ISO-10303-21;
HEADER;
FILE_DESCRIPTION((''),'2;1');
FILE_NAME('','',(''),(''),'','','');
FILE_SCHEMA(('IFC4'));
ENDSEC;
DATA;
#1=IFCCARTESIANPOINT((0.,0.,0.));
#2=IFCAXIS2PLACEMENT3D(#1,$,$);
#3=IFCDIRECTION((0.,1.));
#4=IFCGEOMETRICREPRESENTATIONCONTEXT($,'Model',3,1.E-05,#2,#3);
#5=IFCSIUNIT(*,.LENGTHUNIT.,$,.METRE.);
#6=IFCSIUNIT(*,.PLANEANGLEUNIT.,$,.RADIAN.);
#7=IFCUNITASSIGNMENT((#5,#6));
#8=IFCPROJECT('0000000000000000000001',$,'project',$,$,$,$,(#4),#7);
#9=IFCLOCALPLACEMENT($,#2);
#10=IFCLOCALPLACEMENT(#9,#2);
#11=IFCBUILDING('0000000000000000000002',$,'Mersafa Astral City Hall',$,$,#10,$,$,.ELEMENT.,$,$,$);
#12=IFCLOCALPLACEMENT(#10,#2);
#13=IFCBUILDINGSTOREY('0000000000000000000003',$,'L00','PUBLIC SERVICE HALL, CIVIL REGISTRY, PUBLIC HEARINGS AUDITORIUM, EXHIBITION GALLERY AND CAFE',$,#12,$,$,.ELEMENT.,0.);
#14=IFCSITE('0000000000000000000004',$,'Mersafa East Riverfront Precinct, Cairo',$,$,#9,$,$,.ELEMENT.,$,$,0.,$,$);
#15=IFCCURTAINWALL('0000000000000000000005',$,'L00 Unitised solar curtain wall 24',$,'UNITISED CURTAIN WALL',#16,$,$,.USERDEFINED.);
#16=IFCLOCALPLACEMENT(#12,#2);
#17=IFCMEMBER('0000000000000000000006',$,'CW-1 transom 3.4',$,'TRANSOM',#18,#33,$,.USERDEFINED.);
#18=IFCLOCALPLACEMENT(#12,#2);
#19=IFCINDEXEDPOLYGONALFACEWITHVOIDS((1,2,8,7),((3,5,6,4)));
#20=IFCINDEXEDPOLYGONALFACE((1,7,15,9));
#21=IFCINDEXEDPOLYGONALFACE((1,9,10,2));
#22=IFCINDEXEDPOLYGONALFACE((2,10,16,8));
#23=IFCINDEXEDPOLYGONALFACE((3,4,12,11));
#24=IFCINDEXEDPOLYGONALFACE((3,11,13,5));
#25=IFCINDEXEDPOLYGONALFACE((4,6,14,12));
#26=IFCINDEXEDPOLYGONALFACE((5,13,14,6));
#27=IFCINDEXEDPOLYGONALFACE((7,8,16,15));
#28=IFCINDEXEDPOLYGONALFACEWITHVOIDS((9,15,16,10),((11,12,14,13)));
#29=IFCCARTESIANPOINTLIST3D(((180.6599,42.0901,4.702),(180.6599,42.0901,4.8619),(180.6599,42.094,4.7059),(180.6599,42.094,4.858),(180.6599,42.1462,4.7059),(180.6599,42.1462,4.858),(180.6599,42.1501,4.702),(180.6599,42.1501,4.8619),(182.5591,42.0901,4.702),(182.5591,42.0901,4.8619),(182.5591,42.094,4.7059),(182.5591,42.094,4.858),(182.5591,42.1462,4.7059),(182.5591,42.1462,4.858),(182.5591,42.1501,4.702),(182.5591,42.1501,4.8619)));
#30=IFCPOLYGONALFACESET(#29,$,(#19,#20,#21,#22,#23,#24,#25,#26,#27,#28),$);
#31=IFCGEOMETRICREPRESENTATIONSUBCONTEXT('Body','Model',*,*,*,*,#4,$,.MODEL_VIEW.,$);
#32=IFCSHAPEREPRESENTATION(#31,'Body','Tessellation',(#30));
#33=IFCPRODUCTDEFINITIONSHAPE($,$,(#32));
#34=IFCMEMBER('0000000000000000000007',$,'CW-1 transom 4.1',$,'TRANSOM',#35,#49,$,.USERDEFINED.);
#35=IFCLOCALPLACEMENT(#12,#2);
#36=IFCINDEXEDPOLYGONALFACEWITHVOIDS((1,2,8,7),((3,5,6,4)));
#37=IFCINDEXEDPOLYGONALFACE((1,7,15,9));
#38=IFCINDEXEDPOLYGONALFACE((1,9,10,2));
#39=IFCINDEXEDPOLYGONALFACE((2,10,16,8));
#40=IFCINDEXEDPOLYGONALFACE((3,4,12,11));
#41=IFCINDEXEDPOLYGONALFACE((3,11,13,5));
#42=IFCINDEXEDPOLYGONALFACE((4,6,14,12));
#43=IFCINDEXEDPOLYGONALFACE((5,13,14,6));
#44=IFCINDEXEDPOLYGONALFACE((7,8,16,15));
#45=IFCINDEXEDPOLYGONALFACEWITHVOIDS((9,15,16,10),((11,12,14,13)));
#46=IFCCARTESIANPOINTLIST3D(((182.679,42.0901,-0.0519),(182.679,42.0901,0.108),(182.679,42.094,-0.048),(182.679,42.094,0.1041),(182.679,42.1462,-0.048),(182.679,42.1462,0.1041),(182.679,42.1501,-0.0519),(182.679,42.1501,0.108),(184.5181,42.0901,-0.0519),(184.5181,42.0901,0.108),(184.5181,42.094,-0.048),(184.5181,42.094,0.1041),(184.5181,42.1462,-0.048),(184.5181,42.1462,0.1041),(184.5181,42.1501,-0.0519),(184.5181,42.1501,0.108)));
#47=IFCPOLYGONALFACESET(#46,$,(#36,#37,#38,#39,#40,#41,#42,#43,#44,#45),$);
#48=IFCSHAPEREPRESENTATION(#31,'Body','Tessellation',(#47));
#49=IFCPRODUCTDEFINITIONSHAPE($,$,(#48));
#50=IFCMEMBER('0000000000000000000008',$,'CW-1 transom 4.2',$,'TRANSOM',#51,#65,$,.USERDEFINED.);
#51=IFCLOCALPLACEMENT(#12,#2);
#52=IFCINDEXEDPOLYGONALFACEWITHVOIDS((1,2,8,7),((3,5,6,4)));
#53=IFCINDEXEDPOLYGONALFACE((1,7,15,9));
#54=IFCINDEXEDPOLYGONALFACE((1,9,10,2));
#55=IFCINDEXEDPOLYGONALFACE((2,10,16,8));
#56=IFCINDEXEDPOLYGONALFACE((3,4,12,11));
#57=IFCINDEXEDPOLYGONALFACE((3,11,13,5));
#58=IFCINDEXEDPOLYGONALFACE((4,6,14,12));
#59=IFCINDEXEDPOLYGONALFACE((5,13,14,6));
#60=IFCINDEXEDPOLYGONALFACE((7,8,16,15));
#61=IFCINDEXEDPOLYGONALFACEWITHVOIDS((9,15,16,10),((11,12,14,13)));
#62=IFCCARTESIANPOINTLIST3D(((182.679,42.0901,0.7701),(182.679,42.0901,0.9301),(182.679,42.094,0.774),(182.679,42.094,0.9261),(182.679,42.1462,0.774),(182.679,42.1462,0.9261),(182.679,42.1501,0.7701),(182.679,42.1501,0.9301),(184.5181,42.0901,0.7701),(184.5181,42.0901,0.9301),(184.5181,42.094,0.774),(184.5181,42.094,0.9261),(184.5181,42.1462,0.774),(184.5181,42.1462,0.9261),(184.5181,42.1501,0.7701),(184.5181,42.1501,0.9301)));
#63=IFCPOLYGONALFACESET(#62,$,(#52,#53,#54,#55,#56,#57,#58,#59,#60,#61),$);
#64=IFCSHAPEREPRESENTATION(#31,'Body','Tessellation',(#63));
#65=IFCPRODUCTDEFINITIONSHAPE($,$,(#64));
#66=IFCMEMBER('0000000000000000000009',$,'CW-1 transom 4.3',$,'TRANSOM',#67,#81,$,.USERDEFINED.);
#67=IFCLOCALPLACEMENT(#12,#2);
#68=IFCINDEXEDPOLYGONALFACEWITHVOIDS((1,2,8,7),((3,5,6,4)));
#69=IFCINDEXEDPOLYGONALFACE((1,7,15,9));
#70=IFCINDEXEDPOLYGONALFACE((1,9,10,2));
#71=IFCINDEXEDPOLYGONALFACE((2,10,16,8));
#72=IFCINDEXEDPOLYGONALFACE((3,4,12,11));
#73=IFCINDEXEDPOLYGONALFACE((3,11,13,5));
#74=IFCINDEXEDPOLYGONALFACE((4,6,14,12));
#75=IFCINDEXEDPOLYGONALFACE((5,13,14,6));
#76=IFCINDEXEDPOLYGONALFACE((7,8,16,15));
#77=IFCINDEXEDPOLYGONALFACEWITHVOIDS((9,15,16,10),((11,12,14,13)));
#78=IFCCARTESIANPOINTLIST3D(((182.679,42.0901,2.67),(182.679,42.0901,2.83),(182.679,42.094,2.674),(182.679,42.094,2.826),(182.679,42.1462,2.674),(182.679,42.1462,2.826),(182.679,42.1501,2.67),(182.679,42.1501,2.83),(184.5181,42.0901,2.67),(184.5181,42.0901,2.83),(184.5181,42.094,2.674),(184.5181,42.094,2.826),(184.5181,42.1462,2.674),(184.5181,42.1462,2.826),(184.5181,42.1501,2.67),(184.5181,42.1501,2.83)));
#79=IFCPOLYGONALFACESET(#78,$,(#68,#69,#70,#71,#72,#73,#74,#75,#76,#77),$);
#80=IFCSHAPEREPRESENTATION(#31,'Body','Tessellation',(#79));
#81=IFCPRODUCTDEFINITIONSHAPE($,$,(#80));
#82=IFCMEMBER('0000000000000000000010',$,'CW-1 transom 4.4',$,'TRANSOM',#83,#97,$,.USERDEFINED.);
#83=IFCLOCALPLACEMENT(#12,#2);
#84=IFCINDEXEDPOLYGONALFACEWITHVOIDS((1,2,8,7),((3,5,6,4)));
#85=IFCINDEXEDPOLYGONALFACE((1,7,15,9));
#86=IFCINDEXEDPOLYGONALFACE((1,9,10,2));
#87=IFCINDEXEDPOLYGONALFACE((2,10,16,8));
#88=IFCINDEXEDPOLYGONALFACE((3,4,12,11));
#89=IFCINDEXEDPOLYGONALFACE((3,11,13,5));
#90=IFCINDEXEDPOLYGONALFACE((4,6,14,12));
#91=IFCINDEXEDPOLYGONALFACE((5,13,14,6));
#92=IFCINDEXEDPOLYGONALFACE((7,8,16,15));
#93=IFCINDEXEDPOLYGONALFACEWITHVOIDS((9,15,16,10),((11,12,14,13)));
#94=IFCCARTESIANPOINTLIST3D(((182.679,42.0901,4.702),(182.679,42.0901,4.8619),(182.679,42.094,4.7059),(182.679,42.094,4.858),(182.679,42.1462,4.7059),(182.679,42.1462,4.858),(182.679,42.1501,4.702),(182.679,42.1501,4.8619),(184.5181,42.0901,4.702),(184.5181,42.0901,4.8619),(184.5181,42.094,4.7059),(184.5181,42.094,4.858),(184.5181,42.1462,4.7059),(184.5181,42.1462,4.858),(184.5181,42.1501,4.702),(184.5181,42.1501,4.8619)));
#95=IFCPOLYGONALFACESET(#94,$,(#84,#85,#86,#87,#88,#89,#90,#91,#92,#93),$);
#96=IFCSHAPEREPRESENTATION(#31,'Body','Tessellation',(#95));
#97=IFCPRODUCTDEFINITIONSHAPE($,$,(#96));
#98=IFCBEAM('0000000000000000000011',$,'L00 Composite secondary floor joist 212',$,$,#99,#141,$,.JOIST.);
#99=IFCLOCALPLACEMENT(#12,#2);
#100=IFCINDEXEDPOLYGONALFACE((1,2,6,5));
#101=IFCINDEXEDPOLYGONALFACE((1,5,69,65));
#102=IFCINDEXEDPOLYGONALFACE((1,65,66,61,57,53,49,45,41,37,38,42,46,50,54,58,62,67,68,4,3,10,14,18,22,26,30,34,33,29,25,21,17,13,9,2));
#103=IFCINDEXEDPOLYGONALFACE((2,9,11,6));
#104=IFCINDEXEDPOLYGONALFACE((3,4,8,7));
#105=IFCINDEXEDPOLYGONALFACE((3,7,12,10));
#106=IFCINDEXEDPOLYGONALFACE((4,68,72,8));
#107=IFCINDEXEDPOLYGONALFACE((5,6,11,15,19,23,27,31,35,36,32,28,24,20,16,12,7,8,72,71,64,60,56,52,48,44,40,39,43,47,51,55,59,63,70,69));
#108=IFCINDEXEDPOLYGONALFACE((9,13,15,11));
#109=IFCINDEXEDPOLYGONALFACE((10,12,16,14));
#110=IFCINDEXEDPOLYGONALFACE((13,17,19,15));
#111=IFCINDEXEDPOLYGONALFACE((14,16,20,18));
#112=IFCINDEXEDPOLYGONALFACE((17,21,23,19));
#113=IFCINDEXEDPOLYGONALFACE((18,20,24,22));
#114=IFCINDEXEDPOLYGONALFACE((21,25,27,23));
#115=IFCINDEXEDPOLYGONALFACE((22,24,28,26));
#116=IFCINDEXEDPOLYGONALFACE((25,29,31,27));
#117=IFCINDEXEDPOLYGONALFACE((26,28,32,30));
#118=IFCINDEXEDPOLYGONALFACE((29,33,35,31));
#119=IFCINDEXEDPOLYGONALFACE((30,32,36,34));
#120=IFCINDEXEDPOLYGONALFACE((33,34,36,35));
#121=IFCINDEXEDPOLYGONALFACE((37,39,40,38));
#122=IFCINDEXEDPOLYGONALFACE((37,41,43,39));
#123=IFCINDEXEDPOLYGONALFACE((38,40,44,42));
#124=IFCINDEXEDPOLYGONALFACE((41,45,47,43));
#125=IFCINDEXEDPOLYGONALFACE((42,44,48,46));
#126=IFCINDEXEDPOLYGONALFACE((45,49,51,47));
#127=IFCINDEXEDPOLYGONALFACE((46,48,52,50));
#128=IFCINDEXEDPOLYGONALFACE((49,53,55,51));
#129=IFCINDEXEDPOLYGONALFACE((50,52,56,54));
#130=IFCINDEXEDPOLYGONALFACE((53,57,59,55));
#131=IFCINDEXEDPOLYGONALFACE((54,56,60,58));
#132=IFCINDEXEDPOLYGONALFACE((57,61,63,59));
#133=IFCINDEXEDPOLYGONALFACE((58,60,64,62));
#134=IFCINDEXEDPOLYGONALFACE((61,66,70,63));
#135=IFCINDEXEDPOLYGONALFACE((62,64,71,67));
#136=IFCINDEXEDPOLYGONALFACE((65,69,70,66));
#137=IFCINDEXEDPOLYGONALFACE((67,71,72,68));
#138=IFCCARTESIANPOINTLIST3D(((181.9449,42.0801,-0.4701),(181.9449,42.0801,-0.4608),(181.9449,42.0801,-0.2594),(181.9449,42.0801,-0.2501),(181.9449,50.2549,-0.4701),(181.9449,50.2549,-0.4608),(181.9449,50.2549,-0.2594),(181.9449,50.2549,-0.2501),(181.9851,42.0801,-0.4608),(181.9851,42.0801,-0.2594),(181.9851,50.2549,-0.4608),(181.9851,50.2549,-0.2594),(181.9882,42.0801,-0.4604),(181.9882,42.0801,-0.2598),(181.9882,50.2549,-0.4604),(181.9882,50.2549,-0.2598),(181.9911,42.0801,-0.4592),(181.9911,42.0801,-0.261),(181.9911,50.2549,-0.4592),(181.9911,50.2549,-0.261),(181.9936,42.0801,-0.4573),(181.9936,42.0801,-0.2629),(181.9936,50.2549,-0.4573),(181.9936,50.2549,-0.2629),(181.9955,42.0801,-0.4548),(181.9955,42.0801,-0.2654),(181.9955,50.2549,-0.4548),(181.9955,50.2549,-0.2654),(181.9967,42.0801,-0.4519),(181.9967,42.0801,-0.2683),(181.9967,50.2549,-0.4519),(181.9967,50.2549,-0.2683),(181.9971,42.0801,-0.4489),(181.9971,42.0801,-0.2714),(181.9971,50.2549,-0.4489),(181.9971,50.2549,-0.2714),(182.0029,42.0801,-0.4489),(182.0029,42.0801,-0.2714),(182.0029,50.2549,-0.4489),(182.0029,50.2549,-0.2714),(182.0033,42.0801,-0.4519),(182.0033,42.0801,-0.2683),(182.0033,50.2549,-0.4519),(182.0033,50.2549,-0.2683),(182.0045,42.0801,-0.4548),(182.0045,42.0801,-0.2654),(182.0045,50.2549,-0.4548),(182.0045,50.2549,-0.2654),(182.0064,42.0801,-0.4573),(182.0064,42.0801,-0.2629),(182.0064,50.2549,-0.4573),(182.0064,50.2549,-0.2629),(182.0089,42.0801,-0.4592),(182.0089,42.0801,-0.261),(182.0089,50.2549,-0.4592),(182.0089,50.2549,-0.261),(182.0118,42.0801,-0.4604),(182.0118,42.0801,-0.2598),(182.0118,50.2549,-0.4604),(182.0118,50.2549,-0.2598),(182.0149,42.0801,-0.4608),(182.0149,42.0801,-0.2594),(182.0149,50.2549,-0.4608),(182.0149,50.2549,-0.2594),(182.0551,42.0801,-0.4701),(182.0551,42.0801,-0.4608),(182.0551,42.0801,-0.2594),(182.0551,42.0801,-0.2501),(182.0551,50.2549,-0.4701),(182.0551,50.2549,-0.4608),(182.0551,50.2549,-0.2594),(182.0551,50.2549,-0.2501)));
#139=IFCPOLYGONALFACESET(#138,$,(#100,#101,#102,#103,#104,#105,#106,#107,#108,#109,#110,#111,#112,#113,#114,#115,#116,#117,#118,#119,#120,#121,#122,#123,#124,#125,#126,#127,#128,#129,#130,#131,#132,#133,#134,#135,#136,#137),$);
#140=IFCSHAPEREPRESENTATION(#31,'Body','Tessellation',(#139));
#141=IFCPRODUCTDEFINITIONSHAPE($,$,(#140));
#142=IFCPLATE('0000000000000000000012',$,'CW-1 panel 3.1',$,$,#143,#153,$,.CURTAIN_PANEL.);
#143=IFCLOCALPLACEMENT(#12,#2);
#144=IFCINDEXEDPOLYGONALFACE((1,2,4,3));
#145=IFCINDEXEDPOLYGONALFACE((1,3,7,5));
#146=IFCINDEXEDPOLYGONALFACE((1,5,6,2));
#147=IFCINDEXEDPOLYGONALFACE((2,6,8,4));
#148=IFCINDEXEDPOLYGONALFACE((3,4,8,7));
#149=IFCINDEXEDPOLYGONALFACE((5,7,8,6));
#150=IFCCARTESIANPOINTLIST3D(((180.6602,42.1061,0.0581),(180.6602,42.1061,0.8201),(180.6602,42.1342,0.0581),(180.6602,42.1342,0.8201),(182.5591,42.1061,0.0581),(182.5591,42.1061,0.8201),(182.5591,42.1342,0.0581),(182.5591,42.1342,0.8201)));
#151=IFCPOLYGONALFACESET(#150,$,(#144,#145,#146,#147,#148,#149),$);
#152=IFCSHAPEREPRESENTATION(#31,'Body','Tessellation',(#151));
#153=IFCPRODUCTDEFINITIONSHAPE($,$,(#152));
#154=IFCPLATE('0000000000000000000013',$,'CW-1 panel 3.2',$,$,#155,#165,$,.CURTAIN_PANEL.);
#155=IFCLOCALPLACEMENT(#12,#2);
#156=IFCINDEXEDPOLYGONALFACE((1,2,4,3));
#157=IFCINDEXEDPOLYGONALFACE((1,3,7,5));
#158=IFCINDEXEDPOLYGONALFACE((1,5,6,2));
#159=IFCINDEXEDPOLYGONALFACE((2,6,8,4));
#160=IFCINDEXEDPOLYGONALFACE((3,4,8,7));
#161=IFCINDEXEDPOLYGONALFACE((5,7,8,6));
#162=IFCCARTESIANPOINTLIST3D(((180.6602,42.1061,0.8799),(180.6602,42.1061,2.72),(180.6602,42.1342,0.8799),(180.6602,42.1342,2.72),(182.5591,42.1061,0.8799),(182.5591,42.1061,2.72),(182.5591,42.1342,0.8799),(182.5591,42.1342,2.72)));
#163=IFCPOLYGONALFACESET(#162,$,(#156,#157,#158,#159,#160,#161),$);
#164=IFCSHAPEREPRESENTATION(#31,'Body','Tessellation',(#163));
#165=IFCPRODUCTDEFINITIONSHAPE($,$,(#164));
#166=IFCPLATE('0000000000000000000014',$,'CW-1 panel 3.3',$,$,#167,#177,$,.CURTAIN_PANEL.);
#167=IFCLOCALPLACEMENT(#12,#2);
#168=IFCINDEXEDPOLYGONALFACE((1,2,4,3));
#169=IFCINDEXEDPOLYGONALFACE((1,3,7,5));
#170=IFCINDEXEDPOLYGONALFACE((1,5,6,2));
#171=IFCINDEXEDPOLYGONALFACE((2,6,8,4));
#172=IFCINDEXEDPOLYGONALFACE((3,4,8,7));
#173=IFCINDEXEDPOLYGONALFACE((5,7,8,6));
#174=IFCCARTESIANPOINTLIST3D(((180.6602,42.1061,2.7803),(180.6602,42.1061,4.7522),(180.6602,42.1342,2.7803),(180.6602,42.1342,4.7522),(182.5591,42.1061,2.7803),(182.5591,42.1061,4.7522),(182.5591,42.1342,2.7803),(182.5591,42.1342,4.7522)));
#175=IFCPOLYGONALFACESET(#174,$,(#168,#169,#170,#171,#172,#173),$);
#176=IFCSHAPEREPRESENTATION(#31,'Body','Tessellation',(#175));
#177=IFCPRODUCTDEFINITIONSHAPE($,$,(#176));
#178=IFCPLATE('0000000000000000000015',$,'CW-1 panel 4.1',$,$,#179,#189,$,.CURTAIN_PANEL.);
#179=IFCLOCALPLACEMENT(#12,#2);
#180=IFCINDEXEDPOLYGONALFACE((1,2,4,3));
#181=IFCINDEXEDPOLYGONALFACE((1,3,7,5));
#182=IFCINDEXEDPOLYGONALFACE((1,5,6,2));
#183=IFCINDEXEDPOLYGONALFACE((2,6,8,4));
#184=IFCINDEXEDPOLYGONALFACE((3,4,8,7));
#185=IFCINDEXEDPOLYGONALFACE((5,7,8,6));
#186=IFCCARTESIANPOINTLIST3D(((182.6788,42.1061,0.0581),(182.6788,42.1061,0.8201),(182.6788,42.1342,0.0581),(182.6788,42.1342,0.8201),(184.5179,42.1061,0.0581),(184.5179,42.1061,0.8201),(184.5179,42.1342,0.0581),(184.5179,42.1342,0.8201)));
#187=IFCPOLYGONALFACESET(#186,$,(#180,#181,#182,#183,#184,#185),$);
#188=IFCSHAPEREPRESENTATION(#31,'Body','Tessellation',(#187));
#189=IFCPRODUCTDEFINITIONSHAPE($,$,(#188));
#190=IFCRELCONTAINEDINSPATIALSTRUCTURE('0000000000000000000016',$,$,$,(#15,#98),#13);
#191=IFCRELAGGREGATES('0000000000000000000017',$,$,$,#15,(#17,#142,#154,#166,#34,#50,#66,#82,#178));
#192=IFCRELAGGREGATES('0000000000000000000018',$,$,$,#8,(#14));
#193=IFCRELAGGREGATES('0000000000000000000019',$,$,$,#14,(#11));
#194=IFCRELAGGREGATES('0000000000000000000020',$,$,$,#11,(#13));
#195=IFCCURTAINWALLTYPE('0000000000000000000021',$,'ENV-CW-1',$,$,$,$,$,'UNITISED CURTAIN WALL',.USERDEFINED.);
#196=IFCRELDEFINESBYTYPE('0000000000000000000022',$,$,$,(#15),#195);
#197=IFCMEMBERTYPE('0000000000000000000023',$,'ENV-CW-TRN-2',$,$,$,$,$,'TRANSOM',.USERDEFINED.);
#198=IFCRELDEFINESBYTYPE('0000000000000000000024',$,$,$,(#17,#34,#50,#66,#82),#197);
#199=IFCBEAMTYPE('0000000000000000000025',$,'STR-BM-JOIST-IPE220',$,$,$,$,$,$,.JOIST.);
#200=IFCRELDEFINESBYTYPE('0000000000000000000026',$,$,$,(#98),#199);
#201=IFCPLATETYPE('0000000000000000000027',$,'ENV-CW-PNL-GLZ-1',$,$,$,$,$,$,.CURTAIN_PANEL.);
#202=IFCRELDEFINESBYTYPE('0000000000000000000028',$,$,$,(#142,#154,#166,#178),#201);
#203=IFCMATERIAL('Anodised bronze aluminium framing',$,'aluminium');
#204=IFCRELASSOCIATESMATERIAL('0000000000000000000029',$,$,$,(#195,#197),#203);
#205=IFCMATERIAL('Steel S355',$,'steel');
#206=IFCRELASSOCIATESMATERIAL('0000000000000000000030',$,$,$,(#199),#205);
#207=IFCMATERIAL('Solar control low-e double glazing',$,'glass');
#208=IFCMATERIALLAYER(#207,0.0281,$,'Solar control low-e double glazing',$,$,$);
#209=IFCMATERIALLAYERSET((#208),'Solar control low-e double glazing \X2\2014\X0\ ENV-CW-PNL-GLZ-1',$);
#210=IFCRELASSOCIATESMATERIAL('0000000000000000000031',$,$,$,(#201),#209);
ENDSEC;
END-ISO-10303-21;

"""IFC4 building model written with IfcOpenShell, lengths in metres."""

from ifc_helpers import new_model, si_unit, direction, frame, origin, origin_2d, place, context, subcontext, project, spatial, rectangle, hollow_rectangle, i_section, extrude, material, layer, layer_set, material_profile, profile_set, type_object, element, aggregate, save


model = new_model("IFC4")

# Units and contexts
model_context = context("Model", 3, precision=1e-05, world=origin(), true_north=direction((0.0, 1.0)))
body_context = subcontext(model_context, "Body", "Model", "MODEL_VIEW")
ifc_project = project(units=[si_unit("LENGTHUNIT", "METRE"), si_unit("PLANEANGLEUNIT", "RADIAN")], contexts=[model_context])

# Site, building, storey
site_placement = place(None, origin())
site = spatial("IfcSite", under=ifc_project, at=site_placement, Name="Mersafa East Riverfront Precinct, Cairo", CompositionType="ELEMENT", RefElevation=0.0)
building_placement = place(site_placement, origin())
building = spatial("IfcBuilding", under=site, at=building_placement, Name="Mersafa Astral City Hall", CompositionType="ELEMENT")
storey_placement = place(building_placement, origin())
storey = spatial("IfcBuildingStorey", under=building, at=storey_placement, Name="L00", Description="PUBLIC SERVICE HALL, CIVIL REGISTRY, PUBLIC HEARINGS AUDITORIUM, EXHIBITION GALLERY AND CAFE", CompositionType="ELEMENT", Elevation=0.0)

# Shared definitions
ifc_material_1 = material(Name="Steel S355", Category="steel")

# Curtain wall
ifc_material_2 = material(Name="Anodised bronze aluminium framing", Category="aluminium")
curtain_wall_type_1 = type_object("IfcCurtainWallType", Name="ENV-CW-1", ElementType="UNITISED CURTAIN WALL", PredefinedType="USERDEFINED", material=ifc_material_2)
curtain_wall_1_placement = place(storey_placement, origin())
curtain_wall_1 = element("IfcCurtainWall", 1, at=curtain_wall_1_placement, inside=storey, type_object=curtain_wall_type_1, Name="L00 Unitised solar curtain wall 24", ObjectType="UNITISED CURTAIN WALL", PredefinedType="USERDEFINED")

# Members
ifc_material_profile_1 = material_profile(ifc_material_2, hollow_rectangle(XDim=0.0601, YDim=0.1599, WallThickness=0.0039, at=origin_2d()), Name="RHS 60x160x4")
ifc_profile_set_1 = profile_set([ifc_material_profile_1], Name="Anodised bronze aluminium framing")
member_type_1 = type_object("IfcMemberType", Name="ENV-CW-TRN-2", ElementType="TRANSOM", PredefinedType="USERDEFINED", material=ifc_profile_set_1)
member_1_placement = place(storey_placement, frame((180.6599, 42.1201, 4.782), z_axis=(1.0, 0.0, 0.0), x_axis=(0.0, 1.0, 0.0)))
member_1 = element("IfcMember", 2, at=member_1_placement, type_object=member_type_1, Name="CW-1 transom 3.4", ObjectType="TRANSOM", PredefinedType="USERDEFINED", context=body_context, shape_type="SweptSolid", body=[
    extrude(hollow_rectangle(XDim=0.0601, YDim=0.1599, WallThickness=0.0039, at=origin_2d()), origin(), (0.0, 0.0, 1.0), 1.8992),
])
member_2_placement = place(storey_placement, frame((182.679, 42.1201, 0.0281), z_axis=(1.0, 0.0, 0.0), x_axis=(0.0, 1.0, 0.0)))
member_2 = element("IfcMember", 3, at=member_2_placement, type_object=member_type_1, Name="CW-1 transom 4.1", ObjectType="TRANSOM", PredefinedType="USERDEFINED", context=body_context, shape_type="SweptSolid", body=[
    extrude(hollow_rectangle(XDim=0.0601, YDim=0.1599, WallThickness=0.0039, at=origin_2d()), origin(), (0.0, 0.0, 1.0), 1.8391),
])
member_3_placement = place(storey_placement, frame((182.679, 42.1201, 0.8501), z_axis=(1.0, 0.0, 0.0), x_axis=(0.0, 1.0, 0.0)))
member_3 = element("IfcMember", 4, at=member_3_placement, type_object=member_type_1, Name="CW-1 transom 4.2", ObjectType="TRANSOM", PredefinedType="USERDEFINED", context=body_context, shape_type="SweptSolid", body=[
    extrude(hollow_rectangle(XDim=0.0601, YDim=0.1599, WallThickness=0.0039, at=origin_2d()), origin(), (0.0, 0.0, 1.0), 1.8391),
])
member_4_placement = place(storey_placement, frame((182.679, 42.1201, 2.75), z_axis=(1.0, 0.0, 0.0), x_axis=(0.0, 1.0, 0.0)))
member_4 = element("IfcMember", 5, at=member_4_placement, type_object=member_type_1, Name="CW-1 transom 4.3", ObjectType="TRANSOM", PredefinedType="USERDEFINED", context=body_context, shape_type="SweptSolid", body=[
    extrude(hollow_rectangle(XDim=0.0601, YDim=0.1599, WallThickness=0.0039, at=origin_2d()), origin(), (0.0, 0.0, 1.0), 1.8391),
])
member_5_placement = place(storey_placement, frame((182.679, 42.1201, 4.782), z_axis=(1.0, 0.0, 0.0), x_axis=(0.0, 1.0, 0.0)))
member_5 = element("IfcMember", 6, at=member_5_placement, type_object=member_type_1, Name="CW-1 transom 4.4", ObjectType="TRANSOM", PredefinedType="USERDEFINED", context=body_context, shape_type="SweptSolid", body=[
    extrude(hollow_rectangle(XDim=0.0601, YDim=0.1599, WallThickness=0.0039, at=origin_2d()), origin(), (0.0, 0.0, 1.0), 1.8391),
])

# Beam
ifc_material_profile_2 = material_profile(ifc_material_1, i_section(OverallWidth=0.1101, OverallDepth=0.22, WebThickness=0.0059, FlangeThickness=0.0093, FilletRadius=0.012, at=origin_2d()), Name="IPE 220")
ifc_profile_set_2 = profile_set([ifc_material_profile_2], Name="Steel S355")
beam_type = type_object("IfcBeamType", Name="STR-BM-JOIST-IPE220", PredefinedType="JOIST", material=ifc_profile_set_2)
beam_placement = place(storey_placement, frame((182.0, 42.0801, -0.3601), z_axis=(0.0, 1.0, 0.0), x_axis=(-1.0, 0.0, 0.0)))
element("IfcBeam", 7, at=beam_placement, inside=storey, type_object=beam_type, Name="L00 Composite secondary floor joist 212", PredefinedType="JOIST", context=body_context, shape_type="SweptSolid", body=[
    extrude(i_section(OverallWidth=0.1101, OverallDepth=0.22, WebThickness=0.0059, FlangeThickness=0.0093, FilletRadius=0.012, at=origin_2d()), origin(), (0.0, 0.0, 1.0), 8.1748),
])

# Plates
ifc_material_3 = material(Name="Solar control low-e double glazing", Category="glass")
ifc_layer = layer(ifc_material_3, 0.0281, Name="Solar control low-e double glazing")
ifc_layer_set = layer_set([ifc_layer], Name="Solar control low-e double glazing — ENV-CW-PNL-GLZ-1")
plate_type = type_object("IfcPlateType", Name="ENV-CW-PNL-GLZ-1", PredefinedType="CURTAIN_PANEL", material=ifc_layer_set)
plate_1_placement = place(storey_placement, frame((181.6096, 42.1201, 0.0581), z_axis=(0.0, 0.0, 1.0), x_axis=(1.0, 0.0, 0.0)))
plate_1 = element("IfcPlate", 8, at=plate_1_placement, type_object=plate_type, Name="CW-1 panel 3.1", PredefinedType="CURTAIN_PANEL", context=body_context, shape_type="SweptSolid", body=[
    extrude(rectangle(XDim=1.8989, YDim=0.0281, at=origin_2d()), origin(), (0.0, 0.0, 1.0), 0.762),
])
plate_2_placement = place(storey_placement, frame((181.6096, 42.1201, 0.8799), z_axis=(0.0, 0.0, 1.0), x_axis=(1.0, 0.0, 0.0)))
plate_2 = element("IfcPlate", 9, at=plate_2_placement, type_object=plate_type, Name="CW-1 panel 3.2", PredefinedType="CURTAIN_PANEL", context=body_context, shape_type="SweptSolid", body=[
    extrude(rectangle(XDim=1.8989, YDim=0.0281, at=origin_2d()), origin(), (0.0, 0.0, 1.0), 1.8401),
])
plate_3_placement = place(storey_placement, frame((181.6096, 42.1201, 2.7803), z_axis=(0.0, 0.0, 1.0), x_axis=(1.0, 0.0, 0.0)))
plate_3 = element("IfcPlate", 10, at=plate_3_placement, type_object=plate_type, Name="CW-1 panel 3.3", PredefinedType="CURTAIN_PANEL", context=body_context, shape_type="SweptSolid", body=[
    extrude(rectangle(XDim=1.8989, YDim=0.0281, at=origin_2d()), origin(), (0.0, 0.0, 1.0), 1.9719),
])
plate_4_placement = place(storey_placement, frame((183.5984, 42.1201, 0.0581), z_axis=(0.0, 0.0, 1.0), x_axis=(1.0, 0.0, 0.0)))
plate_4 = element("IfcPlate", 11, at=plate_4_placement, type_object=plate_type, Name="CW-1 panel 4.1", PredefinedType="CURTAIN_PANEL", context=body_context, shape_type="SweptSolid", body=[
    extrude(rectangle(XDim=1.8391, YDim=0.0281, at=origin_2d()), origin(), (0.0, 0.0, 1.0), 0.762),
])
aggregate(curtain_wall_1, [member_1, plate_1, plate_2, plate_3, member_2, member_3, member_4, member_5, plate_4])

save(model, "model.ifc")
